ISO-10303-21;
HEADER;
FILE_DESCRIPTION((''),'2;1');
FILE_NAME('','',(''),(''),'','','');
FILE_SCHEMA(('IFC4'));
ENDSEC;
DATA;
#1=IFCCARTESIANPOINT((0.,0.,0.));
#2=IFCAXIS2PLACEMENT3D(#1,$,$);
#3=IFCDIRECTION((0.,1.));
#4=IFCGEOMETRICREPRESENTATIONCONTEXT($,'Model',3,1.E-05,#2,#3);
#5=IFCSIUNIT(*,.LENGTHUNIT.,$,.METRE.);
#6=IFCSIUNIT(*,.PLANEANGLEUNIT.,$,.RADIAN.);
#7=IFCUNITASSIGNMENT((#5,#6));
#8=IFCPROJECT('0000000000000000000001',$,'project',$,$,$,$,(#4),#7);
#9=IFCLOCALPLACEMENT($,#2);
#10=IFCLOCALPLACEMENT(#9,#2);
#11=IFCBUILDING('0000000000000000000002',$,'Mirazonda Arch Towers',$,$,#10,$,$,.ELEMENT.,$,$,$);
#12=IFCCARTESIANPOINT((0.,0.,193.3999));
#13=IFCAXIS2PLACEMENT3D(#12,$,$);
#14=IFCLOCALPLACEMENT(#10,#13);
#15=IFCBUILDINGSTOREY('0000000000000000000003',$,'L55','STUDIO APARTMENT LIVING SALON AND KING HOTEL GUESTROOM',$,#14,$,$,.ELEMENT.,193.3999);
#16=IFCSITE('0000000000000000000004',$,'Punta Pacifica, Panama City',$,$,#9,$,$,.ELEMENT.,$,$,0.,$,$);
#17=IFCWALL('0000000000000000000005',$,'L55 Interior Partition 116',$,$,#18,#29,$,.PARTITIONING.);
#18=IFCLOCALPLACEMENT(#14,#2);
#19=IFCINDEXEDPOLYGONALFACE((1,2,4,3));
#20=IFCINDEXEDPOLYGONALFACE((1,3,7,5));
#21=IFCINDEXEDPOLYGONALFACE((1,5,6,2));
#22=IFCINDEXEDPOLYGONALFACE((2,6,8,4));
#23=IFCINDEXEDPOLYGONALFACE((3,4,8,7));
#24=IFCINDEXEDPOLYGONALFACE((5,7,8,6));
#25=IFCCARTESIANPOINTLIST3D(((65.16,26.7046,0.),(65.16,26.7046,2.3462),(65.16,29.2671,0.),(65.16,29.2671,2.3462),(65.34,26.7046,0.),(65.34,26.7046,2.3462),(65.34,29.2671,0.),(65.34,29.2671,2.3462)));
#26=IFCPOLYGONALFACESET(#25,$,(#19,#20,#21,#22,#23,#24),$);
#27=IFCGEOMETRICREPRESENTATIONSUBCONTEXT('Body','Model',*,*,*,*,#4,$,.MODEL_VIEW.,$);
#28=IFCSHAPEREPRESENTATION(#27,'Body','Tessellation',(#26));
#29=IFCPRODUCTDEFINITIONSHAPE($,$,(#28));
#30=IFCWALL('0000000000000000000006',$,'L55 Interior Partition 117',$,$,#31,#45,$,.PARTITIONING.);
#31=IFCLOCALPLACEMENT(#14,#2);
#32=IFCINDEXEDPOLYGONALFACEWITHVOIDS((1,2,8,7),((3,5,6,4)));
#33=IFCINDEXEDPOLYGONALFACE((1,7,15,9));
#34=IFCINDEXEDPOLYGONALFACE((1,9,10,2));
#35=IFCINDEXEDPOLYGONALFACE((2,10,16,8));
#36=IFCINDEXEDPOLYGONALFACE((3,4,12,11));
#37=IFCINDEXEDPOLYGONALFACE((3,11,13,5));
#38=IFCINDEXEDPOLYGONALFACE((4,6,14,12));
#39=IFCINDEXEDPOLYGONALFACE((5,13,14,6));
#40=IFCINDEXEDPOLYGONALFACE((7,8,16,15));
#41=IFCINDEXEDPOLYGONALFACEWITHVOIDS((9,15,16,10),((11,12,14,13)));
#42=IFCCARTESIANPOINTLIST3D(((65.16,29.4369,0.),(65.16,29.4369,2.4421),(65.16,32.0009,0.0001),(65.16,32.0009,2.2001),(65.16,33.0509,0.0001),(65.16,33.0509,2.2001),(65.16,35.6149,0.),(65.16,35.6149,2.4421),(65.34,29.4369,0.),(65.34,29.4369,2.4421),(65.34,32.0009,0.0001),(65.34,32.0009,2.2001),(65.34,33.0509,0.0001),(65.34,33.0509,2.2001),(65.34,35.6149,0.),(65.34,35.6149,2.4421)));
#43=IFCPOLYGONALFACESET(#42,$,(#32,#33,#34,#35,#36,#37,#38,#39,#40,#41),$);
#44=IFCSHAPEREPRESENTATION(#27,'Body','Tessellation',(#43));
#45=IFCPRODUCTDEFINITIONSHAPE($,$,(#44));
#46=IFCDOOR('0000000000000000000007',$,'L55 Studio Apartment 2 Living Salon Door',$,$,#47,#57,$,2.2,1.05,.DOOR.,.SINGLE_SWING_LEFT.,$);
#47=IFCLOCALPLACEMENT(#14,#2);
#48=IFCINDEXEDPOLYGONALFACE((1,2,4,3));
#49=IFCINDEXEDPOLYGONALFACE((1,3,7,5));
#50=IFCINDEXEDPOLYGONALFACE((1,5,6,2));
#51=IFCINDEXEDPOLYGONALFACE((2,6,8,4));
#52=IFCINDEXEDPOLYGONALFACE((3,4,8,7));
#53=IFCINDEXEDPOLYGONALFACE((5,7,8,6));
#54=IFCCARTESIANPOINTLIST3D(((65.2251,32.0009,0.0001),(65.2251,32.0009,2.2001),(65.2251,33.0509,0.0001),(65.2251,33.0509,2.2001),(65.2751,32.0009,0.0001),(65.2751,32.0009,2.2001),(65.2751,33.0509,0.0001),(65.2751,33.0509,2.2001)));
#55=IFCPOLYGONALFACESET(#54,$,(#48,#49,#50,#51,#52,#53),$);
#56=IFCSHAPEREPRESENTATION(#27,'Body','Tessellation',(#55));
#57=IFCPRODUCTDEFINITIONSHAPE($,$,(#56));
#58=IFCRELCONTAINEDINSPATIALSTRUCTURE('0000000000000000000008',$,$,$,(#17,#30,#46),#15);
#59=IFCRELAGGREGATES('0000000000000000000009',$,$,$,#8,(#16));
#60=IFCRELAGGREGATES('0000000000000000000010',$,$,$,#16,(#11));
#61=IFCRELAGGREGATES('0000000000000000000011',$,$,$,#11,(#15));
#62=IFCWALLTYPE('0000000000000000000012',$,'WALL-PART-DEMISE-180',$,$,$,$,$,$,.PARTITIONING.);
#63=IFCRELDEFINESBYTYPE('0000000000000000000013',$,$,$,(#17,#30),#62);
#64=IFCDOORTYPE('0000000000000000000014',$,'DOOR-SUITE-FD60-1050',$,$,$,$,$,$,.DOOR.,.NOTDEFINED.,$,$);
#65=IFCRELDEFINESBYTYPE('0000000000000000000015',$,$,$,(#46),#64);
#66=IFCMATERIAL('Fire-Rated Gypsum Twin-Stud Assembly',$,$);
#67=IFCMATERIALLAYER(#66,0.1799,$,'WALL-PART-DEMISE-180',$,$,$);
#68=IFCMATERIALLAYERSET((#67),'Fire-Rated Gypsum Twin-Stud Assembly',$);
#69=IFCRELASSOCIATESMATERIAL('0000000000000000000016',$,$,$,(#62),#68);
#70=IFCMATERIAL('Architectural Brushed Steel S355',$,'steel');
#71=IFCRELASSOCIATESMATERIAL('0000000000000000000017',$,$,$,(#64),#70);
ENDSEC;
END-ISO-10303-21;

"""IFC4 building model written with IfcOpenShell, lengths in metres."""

from ifc_helpers import new_model, si_unit, direction, frame, frame_2d, origin, place, context, subcontext, project, spatial, rectangle, extrude, material, layer, layer_set, type_object, element, fill, save


model = new_model("IFC4")

# Units and contexts
model_context = context("Model", 3, precision=1e-05, world=origin(), true_north=direction((0.0, 1.0)))
body_context = subcontext(model_context, "Body", "Model", "MODEL_VIEW")
ifc_project = project(units=[si_unit("LENGTHUNIT", "METRE"), si_unit("PLANEANGLEUNIT", "RADIAN")], contexts=[model_context])

# Site, building, storey
site_placement = place(None, origin())
site = spatial("IfcSite", under=ifc_project, at=site_placement, Name="Punta Pacifica, Panama City", CompositionType="ELEMENT", RefElevation=0.0)
building_placement = place(site_placement, origin())
building = spatial("IfcBuilding", under=site, at=building_placement, Name="Mirazonda Arch Towers", CompositionType="ELEMENT")
storey_placement = place(building_placement, frame((0.0, 0.0, 193.3999)))
storey = spatial("IfcBuildingStorey", under=building, at=storey_placement, Name="L55", Description="STUDIO APARTMENT LIVING SALON AND KING HOTEL GUESTROOM", CompositionType="ELEMENT", Elevation=193.3999)

# Shared definitions
ifc_material_1 = material(Name="Architectural Brushed Steel S355", Category="steel")

# Wall
ifc_material_2 = material(Name="Fire-Rated Gypsum Twin-Stud Assembly")
ifc_layer_1 = layer(ifc_material_2, 0.1799, Name="WALL-PART-DEMISE-180")
ifc_layer_set_1 = layer_set([ifc_layer_1], Name="Fire-Rated Gypsum Twin-Stud Assembly")
wall_type_1 = type_object("IfcWallType", Name="WALL-PART-DEMISE-180", PredefinedType="PARTITIONING", material=ifc_layer_set_1)
wall_1_placement = place(storey_placement, frame((65.25, 26.7046, 0.0), z_axis=(0.0, 0.0, 1.0), x_axis=(0.0, 1.0, 0.0)))
element("IfcWall", 1, at=wall_1_placement, inside=storey, type_object=wall_type_1, Name="L55 Interior Partition 116", PredefinedType="PARTITIONING", context=body_context, shape_type="SweptSolid", body=[
    extrude(rectangle(XDim=2.5625, YDim=0.1799, at=frame_2d((1.2812, 0.0))), origin(), (0.0, 0.0, 1.0), 2.3462),
])

# Wall, opening, door
wall_2_placement = place(storey_placement, frame((65.25, 29.437, 0.0), z_axis=(0.0, 0.0, 1.0), x_axis=(0.0, 1.0, 0.0)))
wall_2 = element("IfcWall", 2, at=wall_2_placement, inside=storey, type_object=wall_type_1, Name="L55 Interior Partition 117", PredefinedType="PARTITIONING", context=body_context, shape_type="SweptSolid", body=[
    extrude(rectangle(XDim=6.178, YDim=0.1799, at=frame_2d((3.0889, 0.0))), origin(), (0.0, 0.0, 1.0), 2.4421),
])
opening_1_placement = place(wall_2_placement, frame((2.564, 0.0, 0.0)))
opening_1 = element("IfcOpeningElement", 3, at=opening_1_placement, cuts=wall_2, PredefinedType="OPENING", context=body_context, shape_type="SweptSolid", body=[
    extrude(rectangle(XDim=1.05, YDim=2.2, at=frame_2d((0.5249, 1.1001))), frame((0.0, 0.0999, 0.0), z_axis=(0.0, -1.0, 0.0), x_axis=(1.0, 0.0, 0.0)), (0.0, 0.0, 1.0), 0.2),
])
door_type_1 = type_object("IfcDoorType", Name="DOOR-SUITE-FD60-1050", OperationType="NOTDEFINED", PredefinedType="DOOR", material=ifc_material_1)
door_1_placement = place(opening_1_placement, origin())
door_1 = element("IfcDoor", 4, at=door_1_placement, inside=storey, type_object=door_type_1, Name="L55 Studio Apartment 2 Living Salon Door", OperationType="SINGLE_SWING_LEFT", OverallHeight=2.2, OverallWidth=1.05, PredefinedType="DOOR", context=body_context, shape_type="SweptSolid", body=[
    extrude(rectangle(XDim=1.05, YDim=2.2, at=frame_2d((0.5249, 1.1001))), frame((0.0, 0.0249, 0.0), z_axis=(0.0, -1.0, 0.0), x_axis=(1.0, 0.0, 0.0)), (0.0, 0.0, 1.0), 0.05),
])
fill(opening_1, door_1)

save(model, "model.ifc")
